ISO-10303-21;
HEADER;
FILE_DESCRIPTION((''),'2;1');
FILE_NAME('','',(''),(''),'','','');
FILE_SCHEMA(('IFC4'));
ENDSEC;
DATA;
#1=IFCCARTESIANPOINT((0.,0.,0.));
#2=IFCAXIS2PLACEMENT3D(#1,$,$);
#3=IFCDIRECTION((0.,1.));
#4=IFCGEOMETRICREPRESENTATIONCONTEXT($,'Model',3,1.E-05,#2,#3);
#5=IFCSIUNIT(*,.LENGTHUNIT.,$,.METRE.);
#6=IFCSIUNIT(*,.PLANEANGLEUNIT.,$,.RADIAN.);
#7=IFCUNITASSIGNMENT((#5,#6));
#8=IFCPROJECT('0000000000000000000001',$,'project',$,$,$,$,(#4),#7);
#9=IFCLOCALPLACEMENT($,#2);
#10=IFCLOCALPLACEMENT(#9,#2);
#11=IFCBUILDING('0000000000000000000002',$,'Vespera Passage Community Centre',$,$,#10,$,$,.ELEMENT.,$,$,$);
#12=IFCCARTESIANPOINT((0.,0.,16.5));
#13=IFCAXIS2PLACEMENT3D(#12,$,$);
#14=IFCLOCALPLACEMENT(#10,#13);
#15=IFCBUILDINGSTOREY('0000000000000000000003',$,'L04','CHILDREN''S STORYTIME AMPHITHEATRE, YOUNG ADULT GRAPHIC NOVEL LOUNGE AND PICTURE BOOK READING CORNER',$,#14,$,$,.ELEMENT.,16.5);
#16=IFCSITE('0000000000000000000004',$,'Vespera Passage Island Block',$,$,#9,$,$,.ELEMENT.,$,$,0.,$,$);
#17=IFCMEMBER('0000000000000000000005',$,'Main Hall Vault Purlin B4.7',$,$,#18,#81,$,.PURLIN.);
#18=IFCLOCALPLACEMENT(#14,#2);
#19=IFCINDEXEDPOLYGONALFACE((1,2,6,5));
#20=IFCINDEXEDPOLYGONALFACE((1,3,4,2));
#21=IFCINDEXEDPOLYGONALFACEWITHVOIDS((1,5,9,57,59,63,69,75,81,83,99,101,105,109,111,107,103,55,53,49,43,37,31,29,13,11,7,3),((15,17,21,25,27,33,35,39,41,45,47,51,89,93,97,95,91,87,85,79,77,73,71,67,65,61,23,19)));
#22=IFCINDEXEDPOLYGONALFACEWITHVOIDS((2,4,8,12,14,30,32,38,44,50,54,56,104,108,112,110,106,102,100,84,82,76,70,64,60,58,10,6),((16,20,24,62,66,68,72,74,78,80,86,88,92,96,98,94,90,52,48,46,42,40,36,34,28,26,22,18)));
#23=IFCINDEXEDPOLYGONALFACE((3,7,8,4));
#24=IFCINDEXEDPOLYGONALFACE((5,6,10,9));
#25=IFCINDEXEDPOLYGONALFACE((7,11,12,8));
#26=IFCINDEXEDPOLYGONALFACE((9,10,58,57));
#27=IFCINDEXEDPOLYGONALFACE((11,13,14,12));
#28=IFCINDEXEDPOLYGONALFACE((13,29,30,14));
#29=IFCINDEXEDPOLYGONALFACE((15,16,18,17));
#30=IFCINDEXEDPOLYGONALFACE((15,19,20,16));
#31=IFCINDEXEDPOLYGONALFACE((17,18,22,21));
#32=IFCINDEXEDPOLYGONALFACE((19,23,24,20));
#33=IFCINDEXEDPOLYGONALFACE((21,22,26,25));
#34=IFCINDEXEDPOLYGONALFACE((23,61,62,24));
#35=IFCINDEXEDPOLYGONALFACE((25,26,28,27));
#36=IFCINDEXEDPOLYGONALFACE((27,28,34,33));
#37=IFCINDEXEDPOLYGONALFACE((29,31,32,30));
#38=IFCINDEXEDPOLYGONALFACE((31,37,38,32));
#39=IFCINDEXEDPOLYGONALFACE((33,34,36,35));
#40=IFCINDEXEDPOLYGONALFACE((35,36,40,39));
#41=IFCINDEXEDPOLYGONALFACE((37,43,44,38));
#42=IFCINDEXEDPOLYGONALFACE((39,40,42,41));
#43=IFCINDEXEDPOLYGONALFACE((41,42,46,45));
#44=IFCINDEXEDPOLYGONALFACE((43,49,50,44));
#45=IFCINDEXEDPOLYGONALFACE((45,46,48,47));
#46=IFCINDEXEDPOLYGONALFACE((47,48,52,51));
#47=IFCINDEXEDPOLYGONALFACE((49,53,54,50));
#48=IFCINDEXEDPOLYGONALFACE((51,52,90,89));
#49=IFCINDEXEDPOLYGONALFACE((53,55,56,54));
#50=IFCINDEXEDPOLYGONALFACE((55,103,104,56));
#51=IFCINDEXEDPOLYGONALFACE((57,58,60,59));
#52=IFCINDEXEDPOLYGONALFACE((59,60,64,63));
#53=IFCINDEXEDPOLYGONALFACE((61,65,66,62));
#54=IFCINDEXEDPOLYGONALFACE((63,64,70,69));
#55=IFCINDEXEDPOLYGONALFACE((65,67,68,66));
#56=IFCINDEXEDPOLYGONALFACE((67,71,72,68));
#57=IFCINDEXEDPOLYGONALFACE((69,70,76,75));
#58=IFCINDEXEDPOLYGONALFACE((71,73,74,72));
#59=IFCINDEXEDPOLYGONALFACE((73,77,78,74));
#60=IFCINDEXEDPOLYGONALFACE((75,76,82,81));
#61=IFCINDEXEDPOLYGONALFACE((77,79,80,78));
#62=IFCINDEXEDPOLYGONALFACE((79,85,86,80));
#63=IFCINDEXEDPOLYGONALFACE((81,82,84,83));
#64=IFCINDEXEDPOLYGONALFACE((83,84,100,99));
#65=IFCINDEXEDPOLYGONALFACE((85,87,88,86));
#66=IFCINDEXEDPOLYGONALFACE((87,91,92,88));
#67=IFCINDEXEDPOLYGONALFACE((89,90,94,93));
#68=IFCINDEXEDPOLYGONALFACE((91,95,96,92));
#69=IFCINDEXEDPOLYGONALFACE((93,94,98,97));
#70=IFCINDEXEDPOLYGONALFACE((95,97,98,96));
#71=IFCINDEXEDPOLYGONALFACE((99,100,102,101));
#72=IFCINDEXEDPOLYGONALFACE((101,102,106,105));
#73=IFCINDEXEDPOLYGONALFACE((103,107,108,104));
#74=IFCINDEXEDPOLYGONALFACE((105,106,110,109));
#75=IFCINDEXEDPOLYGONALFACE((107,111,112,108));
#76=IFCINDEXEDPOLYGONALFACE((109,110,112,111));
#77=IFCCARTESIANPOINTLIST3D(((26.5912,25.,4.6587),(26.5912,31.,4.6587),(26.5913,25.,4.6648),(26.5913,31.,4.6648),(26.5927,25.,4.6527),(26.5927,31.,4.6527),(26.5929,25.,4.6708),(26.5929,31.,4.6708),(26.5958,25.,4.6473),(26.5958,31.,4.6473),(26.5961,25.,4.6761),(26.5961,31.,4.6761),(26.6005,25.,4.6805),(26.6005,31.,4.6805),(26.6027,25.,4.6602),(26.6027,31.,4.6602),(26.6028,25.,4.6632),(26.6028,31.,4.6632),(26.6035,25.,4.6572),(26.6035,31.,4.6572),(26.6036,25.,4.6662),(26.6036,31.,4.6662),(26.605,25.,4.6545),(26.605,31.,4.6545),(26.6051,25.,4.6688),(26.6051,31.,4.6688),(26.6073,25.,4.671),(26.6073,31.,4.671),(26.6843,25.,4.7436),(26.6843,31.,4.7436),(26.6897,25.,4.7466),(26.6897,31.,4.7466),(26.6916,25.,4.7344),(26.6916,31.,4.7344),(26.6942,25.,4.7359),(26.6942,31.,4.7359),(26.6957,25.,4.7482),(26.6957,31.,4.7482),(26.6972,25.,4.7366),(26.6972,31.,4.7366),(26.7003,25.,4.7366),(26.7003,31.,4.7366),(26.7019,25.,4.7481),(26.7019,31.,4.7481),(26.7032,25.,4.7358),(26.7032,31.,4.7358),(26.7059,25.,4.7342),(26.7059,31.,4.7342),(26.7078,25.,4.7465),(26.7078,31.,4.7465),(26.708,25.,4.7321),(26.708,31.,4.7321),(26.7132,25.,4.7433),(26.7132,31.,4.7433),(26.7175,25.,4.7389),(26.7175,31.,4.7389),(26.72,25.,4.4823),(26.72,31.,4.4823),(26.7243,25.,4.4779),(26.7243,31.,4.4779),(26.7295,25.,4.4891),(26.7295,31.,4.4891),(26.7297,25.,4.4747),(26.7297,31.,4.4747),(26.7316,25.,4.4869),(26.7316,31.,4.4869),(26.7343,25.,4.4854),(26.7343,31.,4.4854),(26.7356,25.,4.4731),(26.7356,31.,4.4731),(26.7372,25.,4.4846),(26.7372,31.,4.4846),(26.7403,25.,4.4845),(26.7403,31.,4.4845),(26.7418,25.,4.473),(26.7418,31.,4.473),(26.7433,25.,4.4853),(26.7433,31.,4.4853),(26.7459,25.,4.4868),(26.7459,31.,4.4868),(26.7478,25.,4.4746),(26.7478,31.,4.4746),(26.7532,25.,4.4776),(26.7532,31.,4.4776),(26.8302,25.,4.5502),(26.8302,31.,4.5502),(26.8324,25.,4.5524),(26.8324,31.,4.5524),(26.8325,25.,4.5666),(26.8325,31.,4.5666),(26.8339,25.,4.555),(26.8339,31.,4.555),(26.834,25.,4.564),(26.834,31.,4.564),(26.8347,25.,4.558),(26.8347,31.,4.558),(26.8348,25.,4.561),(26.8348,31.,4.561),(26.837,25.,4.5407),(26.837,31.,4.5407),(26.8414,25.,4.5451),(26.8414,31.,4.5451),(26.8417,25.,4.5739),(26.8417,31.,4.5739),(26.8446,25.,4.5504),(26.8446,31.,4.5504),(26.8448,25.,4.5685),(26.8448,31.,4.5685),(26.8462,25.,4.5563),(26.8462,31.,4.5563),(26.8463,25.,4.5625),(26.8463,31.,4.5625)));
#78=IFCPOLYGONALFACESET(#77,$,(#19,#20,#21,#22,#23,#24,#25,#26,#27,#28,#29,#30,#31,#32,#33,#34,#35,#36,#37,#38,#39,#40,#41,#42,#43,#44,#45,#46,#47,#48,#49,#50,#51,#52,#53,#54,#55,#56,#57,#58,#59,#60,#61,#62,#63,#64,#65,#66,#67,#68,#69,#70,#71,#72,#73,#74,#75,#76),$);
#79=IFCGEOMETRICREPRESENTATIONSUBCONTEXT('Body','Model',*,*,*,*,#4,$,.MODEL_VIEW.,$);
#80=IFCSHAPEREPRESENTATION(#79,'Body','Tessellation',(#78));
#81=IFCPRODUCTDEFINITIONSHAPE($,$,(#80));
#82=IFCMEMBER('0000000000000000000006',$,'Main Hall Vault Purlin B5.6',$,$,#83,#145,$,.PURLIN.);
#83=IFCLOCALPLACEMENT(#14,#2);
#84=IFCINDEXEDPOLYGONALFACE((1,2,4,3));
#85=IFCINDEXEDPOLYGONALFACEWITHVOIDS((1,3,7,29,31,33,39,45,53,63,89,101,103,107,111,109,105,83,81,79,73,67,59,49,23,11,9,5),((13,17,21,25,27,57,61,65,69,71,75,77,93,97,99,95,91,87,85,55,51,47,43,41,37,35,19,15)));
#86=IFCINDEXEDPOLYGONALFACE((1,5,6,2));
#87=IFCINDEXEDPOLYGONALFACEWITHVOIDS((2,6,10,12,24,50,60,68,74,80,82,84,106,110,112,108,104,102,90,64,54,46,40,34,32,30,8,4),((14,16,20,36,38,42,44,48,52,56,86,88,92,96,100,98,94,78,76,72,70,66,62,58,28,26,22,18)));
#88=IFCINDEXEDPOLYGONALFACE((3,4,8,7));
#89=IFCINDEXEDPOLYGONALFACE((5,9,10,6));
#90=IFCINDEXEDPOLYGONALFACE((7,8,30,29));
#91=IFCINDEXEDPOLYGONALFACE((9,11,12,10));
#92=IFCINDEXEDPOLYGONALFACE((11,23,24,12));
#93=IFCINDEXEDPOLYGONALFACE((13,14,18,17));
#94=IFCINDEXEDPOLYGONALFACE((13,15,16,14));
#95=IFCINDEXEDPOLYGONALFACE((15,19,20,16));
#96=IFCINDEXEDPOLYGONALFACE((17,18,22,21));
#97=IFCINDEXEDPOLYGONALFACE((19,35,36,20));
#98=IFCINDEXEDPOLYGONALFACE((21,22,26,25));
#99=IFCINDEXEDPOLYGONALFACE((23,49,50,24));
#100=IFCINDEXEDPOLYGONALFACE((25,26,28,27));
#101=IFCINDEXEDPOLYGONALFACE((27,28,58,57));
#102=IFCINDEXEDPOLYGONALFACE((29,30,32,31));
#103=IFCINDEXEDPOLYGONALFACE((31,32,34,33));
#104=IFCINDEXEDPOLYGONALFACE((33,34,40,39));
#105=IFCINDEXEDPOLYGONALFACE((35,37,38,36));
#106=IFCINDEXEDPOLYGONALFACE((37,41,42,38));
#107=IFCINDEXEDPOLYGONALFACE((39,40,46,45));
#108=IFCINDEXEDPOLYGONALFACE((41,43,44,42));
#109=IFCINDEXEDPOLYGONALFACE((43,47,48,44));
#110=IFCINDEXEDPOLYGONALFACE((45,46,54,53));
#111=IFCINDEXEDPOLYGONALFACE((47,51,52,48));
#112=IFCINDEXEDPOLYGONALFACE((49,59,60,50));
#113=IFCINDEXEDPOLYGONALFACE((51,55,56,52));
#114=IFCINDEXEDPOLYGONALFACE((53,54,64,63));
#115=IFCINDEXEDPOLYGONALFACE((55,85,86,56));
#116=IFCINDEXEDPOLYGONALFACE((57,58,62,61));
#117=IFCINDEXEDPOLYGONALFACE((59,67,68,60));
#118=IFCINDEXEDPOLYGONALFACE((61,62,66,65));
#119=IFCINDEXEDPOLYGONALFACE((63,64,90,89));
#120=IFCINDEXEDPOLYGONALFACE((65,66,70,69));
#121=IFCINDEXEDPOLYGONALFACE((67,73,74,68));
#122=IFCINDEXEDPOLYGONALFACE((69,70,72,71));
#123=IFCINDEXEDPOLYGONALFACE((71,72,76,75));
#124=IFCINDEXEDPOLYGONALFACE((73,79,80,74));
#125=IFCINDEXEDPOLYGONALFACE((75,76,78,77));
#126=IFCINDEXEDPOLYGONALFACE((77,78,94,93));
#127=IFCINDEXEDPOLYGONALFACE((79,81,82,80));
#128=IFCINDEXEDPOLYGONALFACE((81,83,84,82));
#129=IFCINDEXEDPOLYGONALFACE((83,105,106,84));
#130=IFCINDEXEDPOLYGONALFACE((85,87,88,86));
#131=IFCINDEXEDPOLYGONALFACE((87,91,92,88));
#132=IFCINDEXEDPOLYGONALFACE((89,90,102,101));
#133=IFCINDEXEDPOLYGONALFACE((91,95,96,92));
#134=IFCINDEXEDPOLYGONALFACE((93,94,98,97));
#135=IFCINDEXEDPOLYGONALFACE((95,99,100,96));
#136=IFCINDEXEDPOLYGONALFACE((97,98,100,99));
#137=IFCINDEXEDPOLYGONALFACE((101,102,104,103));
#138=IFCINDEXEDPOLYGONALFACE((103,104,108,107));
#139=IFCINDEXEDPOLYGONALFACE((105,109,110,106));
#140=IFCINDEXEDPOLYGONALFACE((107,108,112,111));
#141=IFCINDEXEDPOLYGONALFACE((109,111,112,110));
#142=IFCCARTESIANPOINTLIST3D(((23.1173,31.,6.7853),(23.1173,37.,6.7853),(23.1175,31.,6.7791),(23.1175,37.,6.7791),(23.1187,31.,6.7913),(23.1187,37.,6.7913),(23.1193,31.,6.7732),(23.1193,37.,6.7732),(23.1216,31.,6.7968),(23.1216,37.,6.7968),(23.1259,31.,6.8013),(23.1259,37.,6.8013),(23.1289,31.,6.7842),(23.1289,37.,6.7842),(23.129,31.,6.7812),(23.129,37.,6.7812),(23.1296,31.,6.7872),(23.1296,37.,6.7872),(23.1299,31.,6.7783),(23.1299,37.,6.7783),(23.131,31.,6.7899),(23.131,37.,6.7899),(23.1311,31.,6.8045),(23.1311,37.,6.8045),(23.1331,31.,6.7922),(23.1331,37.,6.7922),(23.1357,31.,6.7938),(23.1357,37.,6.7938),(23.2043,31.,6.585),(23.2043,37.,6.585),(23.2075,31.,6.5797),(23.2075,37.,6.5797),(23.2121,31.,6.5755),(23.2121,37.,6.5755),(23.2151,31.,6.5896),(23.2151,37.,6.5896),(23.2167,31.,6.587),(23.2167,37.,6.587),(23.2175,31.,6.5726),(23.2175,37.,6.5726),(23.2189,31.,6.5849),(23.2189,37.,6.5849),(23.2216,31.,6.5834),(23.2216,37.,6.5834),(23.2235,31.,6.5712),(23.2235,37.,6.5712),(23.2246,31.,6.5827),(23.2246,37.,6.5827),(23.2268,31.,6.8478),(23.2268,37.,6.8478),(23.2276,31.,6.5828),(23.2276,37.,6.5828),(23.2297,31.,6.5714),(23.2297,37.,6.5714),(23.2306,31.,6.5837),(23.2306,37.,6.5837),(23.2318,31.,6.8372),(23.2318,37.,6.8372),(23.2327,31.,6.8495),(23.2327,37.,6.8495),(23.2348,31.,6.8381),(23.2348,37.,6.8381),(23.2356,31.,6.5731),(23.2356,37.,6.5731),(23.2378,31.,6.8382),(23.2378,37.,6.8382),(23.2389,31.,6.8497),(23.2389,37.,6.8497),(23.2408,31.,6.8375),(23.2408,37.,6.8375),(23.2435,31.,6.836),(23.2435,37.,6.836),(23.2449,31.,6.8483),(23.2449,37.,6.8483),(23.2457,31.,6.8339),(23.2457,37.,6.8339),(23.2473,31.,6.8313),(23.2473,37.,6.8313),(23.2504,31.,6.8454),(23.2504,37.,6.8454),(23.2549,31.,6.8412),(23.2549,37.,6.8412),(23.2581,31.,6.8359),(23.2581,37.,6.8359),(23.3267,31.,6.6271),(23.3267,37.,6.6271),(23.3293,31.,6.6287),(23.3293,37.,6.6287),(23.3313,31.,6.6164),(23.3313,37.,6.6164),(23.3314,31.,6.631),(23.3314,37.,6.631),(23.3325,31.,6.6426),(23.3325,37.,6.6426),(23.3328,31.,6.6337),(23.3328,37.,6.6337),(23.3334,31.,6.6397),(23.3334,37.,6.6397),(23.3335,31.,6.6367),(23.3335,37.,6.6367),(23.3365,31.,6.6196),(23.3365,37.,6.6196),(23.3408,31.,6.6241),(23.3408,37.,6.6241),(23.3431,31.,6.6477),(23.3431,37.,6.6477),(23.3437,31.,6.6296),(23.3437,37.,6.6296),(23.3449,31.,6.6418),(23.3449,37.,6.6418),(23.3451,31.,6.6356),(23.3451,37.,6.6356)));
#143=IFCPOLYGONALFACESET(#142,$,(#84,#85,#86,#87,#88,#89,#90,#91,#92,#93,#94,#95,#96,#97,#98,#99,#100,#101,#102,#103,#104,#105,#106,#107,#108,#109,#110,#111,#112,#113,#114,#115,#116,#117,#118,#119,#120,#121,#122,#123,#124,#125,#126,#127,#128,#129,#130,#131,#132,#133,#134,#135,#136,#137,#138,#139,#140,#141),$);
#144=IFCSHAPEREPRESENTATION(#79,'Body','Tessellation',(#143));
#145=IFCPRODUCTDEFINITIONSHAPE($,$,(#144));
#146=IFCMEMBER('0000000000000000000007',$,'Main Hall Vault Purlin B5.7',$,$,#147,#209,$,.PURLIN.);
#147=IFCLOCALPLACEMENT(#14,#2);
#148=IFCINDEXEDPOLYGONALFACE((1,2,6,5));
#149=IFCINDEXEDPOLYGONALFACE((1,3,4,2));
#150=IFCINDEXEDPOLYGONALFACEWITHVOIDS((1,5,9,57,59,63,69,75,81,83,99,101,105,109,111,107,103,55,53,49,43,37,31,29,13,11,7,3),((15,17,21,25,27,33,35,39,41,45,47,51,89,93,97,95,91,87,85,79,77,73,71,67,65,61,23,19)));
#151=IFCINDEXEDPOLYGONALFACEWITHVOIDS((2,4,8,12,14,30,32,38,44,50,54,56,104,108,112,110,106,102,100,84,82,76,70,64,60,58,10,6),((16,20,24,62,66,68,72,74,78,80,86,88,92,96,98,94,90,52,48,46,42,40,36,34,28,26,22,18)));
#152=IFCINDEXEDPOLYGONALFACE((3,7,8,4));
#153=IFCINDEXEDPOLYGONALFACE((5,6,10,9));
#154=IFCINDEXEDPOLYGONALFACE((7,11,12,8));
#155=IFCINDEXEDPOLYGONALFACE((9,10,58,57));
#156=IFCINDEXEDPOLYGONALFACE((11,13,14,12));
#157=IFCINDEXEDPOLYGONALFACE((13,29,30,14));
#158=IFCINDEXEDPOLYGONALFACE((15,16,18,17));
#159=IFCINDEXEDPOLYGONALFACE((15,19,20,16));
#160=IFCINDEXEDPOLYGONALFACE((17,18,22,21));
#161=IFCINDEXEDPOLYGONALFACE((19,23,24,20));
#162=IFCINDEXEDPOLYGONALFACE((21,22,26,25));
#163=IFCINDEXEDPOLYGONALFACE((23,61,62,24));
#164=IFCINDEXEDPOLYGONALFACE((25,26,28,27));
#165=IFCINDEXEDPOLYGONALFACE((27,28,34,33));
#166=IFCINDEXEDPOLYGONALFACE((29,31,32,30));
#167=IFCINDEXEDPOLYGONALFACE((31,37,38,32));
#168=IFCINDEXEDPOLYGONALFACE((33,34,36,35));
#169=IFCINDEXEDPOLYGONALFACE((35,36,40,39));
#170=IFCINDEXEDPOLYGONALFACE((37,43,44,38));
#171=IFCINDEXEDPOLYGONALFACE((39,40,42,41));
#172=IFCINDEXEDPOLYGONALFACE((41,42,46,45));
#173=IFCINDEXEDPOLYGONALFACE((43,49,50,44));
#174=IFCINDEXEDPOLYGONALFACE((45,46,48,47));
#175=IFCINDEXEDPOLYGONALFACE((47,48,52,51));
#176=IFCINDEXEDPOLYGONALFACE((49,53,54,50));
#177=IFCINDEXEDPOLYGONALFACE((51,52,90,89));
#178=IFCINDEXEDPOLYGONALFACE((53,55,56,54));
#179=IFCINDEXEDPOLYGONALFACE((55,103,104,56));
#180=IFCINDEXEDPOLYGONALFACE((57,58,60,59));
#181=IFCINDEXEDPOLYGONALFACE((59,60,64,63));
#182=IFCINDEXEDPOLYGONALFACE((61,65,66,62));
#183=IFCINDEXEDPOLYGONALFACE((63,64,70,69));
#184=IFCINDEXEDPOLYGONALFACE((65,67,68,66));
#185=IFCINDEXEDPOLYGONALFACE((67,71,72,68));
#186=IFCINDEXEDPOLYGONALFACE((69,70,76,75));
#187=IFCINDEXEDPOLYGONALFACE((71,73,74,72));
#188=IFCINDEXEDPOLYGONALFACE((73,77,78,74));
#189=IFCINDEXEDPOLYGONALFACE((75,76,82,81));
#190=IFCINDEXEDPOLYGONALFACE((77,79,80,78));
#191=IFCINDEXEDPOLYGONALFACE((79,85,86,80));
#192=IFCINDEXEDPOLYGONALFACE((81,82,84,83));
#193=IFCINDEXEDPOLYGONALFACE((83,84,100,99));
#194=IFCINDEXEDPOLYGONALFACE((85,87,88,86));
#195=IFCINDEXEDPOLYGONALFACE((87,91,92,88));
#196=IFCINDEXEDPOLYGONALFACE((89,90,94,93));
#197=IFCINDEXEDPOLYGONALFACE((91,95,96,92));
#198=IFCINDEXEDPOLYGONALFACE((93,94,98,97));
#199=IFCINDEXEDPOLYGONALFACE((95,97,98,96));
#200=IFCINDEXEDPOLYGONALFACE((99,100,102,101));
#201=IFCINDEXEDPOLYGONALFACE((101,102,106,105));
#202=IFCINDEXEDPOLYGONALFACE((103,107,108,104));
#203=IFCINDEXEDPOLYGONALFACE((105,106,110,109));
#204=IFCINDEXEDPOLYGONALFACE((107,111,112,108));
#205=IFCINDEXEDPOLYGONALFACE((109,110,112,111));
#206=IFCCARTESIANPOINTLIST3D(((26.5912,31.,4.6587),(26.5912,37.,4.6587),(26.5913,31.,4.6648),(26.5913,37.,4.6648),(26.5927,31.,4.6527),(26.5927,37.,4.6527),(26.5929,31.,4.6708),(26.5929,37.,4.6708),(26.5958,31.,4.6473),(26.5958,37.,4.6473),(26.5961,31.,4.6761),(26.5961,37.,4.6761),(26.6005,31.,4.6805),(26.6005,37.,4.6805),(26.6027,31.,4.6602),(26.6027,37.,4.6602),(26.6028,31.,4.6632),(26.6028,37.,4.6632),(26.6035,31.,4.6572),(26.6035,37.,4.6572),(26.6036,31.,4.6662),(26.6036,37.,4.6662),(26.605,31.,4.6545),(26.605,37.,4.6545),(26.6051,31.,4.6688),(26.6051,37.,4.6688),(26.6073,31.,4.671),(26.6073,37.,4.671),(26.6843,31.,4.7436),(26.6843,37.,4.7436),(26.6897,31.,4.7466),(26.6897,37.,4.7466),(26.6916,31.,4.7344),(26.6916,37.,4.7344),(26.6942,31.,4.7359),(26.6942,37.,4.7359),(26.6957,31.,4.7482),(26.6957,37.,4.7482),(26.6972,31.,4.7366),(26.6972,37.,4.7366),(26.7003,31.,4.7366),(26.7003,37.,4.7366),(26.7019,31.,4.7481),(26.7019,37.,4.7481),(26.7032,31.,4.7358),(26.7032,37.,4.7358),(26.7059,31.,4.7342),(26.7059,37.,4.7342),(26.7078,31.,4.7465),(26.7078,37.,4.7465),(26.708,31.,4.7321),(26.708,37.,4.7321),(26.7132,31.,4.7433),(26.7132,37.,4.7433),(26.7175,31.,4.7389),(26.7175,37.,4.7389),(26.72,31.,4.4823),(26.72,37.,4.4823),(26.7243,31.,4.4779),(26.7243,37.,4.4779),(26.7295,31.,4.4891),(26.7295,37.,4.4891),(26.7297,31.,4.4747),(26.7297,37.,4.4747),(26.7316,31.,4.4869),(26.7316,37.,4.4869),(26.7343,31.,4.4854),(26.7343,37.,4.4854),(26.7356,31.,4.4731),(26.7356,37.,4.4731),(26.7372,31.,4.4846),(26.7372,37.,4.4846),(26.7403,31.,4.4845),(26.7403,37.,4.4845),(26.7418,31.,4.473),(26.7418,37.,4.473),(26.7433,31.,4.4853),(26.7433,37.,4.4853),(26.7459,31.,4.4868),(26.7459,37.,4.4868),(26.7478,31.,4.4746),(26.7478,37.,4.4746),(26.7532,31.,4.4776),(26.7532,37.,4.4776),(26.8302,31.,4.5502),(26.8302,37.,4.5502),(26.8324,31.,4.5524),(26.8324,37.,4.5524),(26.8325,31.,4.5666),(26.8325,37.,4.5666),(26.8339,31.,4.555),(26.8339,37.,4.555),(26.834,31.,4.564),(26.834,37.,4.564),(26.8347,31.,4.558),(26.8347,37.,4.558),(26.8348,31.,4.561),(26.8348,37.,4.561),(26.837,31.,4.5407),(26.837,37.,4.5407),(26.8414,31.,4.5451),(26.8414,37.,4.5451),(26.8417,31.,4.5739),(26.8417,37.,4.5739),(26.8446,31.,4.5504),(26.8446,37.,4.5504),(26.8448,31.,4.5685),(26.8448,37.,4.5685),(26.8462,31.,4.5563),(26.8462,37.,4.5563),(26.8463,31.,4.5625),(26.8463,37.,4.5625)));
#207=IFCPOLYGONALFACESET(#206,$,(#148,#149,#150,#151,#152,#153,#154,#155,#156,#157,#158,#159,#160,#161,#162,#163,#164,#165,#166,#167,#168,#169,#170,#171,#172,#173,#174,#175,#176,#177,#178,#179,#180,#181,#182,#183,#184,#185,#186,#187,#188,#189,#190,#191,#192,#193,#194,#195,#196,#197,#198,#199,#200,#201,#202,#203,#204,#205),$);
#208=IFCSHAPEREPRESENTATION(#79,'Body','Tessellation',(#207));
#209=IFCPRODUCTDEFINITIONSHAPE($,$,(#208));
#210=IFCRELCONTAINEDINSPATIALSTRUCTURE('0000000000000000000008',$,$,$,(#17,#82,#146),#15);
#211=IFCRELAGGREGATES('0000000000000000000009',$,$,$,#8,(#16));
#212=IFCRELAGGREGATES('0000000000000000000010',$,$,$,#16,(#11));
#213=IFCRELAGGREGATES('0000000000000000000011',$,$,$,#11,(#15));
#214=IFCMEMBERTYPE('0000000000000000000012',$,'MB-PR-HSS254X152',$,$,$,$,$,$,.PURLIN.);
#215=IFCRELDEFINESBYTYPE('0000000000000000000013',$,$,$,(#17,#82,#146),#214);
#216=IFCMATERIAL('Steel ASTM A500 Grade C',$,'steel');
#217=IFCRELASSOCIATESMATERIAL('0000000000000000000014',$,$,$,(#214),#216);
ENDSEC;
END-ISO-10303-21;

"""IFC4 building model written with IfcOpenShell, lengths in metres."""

from ifc_helpers import new_model, si_unit, direction, frame, origin, origin_2d, place, context, subcontext, project, spatial, hollow_rectangle, extrude, material, material_profile, profile_set, type_object, element, save


model = new_model("IFC4")

# Units and contexts
model_context = context("Model", 3, precision=1e-05, world=origin(), true_north=direction((0.0, 1.0)))
body_context = subcontext(model_context, "Body", "Model", "MODEL_VIEW")
ifc_project = project(units=[si_unit("LENGTHUNIT", "METRE"), si_unit("PLANEANGLEUNIT", "RADIAN")], contexts=[model_context])

# Site, building, storey
site_placement = place(None, origin())
site = spatial("IfcSite", under=ifc_project, at=site_placement, Name="Vespera Passage Island Block", CompositionType="ELEMENT", RefElevation=0.0)
building_placement = place(site_placement, origin())
building = spatial("IfcBuilding", under=site, at=building_placement, Name="Vespera Passage Community Centre", CompositionType="ELEMENT")
storey_placement = place(building_placement, frame((0.0, 0.0, 16.5)))
storey = spatial("IfcBuildingStorey", under=building, at=storey_placement, Name="L04", Description="CHILDREN'S STORYTIME AMPHITHEATRE, YOUNG ADULT GRAPHIC NOVEL LOUNGE AND PICTURE BOOK READING CORNER", CompositionType="ELEMENT", Elevation=16.5)

# Members
ifc_material_1 = material(Name="Steel ASTM A500 Grade C", Category="steel")
ifc_material_profile_1 = material_profile(ifc_material_1, hollow_rectangle(XDim=0.1523, YDim=0.2539, WallThickness=0.0117, InnerFilletRadius=0.0117, OuterFilletRadius=0.0237, at=origin_2d()), Name="HSS254X152X12.7")
ifc_profile_set_1 = profile_set([ifc_material_profile_1], Name="Steel ASTM A500 Grade C")
member_type_1 = type_object("IfcMemberType", Name="MB-PR-HSS254X152", PredefinedType="PURLIN", material=ifc_profile_set_1)
for number, where, z_axis, x_axis, name in (
    (1, (26.7188, 25.0, 4.6106), (0.0, 1.0, 0.0), (-0.798972, 0.0, -0.601369), "Main Hall Vault Purlin B4.7"),
    (2, (23.2312, 31.0, 6.7104), (0.0, 1.0, 0.0), (-0.911367, 0.0, -0.411594), "Main Hall Vault Purlin B5.6"),
    (3, (26.7188, 31.0, 4.6106), (0.0, 1.0, 0.0), (-0.798972, 0.0, -0.601369), "Main Hall Vault Purlin B5.7"),
):
    element("IfcMember", number, at=place(storey_placement, frame(where, z_axis=z_axis, x_axis=x_axis)), inside=storey, type_object=member_type_1, Name=name, PredefinedType="PURLIN", context=body_context, shape_type="SweptSolid", body=[
        extrude(hollow_rectangle(XDim=0.1523, YDim=0.2539, WallThickness=0.0117, InnerFilletRadius=0.0117, OuterFilletRadius=0.0237, at=origin_2d()), origin(), (0.0, 0.0, 1.0), 6.0),
    ])

save(model, "model.ifc")
